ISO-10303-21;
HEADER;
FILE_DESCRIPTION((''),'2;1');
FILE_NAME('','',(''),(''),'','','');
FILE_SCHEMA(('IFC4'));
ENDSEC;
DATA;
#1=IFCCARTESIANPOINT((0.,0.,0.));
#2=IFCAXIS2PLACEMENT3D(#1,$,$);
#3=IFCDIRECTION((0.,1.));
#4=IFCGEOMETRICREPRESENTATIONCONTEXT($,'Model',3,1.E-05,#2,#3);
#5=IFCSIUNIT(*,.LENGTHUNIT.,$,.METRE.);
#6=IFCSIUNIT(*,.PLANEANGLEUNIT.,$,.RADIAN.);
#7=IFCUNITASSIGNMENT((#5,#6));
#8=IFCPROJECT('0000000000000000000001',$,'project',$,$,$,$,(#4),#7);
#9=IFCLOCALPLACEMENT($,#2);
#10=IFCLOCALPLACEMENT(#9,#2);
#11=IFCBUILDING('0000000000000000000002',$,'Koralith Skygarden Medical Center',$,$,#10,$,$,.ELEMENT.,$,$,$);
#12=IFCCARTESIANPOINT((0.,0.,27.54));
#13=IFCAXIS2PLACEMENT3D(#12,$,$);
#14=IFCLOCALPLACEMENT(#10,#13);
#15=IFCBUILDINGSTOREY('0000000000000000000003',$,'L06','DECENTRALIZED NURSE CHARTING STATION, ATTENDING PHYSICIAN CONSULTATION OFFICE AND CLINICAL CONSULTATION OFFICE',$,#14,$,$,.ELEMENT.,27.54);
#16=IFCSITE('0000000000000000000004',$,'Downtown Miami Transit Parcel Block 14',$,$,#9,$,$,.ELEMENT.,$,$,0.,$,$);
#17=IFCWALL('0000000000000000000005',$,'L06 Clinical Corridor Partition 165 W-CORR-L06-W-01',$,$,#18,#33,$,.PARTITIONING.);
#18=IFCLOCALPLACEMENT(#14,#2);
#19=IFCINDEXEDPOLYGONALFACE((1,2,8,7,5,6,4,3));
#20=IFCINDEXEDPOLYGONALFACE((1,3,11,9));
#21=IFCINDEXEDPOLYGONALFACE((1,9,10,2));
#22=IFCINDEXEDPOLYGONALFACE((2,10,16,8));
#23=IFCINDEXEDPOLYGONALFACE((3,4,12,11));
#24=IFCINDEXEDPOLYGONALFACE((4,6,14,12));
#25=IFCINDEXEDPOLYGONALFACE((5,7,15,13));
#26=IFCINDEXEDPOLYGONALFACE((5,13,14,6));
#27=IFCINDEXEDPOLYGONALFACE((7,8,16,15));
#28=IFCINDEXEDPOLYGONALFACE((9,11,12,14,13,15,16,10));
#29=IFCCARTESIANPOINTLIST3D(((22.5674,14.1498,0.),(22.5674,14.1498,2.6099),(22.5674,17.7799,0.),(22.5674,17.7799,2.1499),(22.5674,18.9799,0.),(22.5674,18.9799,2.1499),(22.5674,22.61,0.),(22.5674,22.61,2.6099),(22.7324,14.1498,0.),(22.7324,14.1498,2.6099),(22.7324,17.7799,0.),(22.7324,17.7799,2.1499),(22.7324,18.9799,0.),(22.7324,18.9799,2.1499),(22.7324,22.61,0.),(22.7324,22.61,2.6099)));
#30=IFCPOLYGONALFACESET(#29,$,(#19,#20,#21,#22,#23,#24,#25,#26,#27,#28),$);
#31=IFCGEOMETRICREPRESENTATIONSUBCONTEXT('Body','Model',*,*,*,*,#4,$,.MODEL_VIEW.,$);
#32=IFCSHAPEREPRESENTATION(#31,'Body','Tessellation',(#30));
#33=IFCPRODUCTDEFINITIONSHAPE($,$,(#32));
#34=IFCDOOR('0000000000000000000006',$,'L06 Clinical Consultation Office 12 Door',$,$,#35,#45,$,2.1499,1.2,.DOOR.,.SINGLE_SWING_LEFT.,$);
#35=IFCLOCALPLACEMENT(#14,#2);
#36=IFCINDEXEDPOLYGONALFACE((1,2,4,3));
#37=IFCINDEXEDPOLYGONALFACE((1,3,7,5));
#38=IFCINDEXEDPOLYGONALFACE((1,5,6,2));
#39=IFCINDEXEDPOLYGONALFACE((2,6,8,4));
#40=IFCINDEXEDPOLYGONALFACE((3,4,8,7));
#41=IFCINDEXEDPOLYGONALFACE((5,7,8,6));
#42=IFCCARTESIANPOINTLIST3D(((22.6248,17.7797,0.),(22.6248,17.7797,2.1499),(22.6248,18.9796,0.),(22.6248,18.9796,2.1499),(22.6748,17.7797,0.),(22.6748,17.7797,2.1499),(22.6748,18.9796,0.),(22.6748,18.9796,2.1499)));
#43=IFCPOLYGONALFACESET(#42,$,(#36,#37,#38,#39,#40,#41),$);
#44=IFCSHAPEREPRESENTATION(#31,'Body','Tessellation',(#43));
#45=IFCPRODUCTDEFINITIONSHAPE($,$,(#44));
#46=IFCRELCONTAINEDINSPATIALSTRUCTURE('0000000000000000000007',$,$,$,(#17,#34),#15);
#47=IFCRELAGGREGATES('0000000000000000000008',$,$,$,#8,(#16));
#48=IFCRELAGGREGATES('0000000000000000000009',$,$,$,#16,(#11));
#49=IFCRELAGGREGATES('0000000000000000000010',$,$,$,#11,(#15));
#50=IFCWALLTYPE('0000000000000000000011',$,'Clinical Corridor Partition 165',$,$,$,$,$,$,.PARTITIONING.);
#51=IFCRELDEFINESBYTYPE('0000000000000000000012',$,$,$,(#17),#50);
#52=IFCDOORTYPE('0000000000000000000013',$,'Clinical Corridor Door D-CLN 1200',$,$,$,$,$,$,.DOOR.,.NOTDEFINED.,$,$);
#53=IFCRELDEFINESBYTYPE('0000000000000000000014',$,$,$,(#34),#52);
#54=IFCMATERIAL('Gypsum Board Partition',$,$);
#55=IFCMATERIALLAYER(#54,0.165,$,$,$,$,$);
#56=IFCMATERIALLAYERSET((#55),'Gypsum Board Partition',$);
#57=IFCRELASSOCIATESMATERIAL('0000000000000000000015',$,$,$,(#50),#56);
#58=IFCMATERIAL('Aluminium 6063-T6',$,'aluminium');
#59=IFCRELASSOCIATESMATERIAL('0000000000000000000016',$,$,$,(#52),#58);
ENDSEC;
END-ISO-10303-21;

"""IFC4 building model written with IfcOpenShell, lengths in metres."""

from ifc_helpers import new_model, si_unit, direction, frame, frame_2d, origin, place, context, subcontext, project, spatial, rectangle, extrude, material, layer, layer_set, type_object, element, fill, save


model = new_model("IFC4")

# Units and contexts
model_context = context("Model", 3, precision=1e-05, world=origin(), true_north=direction((0.0, 1.0)))
body_context = subcontext(model_context, "Body", "Model", "MODEL_VIEW")
ifc_project = project(units=[si_unit("LENGTHUNIT", "METRE"), si_unit("PLANEANGLEUNIT", "RADIAN")], contexts=[model_context])

# Site, building, storey
site_placement = place(None, origin())
site = spatial("IfcSite", under=ifc_project, at=site_placement, Name="Downtown Miami Transit Parcel Block 14", CompositionType="ELEMENT", RefElevation=0.0)
building_placement = place(site_placement, origin())
building = spatial("IfcBuilding", under=site, at=building_placement, Name="Koralith Skygarden Medical Center", CompositionType="ELEMENT")
storey_placement = place(building_placement, frame((0.0, 0.0, 27.54)))
storey = spatial("IfcBuildingStorey", under=building, at=storey_placement, Name="L06", Description="DECENTRALIZED NURSE CHARTING STATION, ATTENDING PHYSICIAN CONSULTATION OFFICE AND CLINICAL CONSULTATION OFFICE", CompositionType="ELEMENT", Elevation=27.54)

# Shared definitions
ifc_material_1 = material(Name="Aluminium 6063-T6", Category="aluminium")

# Shared definitions
ifc_material_2 = material(Name="Gypsum Board Partition")

# Wall, opening, door
ifc_layer_1 = layer(ifc_material_2, 0.165)
ifc_layer_set_1 = layer_set([ifc_layer_1], Name="Gypsum Board Partition")
wall_type_1 = type_object("IfcWallType", Name="Clinical Corridor Partition 165", PredefinedType="PARTITIONING", material=ifc_layer_set_1)
door_type_1 = type_object("IfcDoorType", Name="Clinical Corridor Door D-CLN 1200", OperationType="NOTDEFINED", PredefinedType="DOOR", material=ifc_material_1)
wall_1_placement = place(storey_placement, frame((22.6499, 14.1499, 0.0), z_axis=(0.0, 0.0, 1.0), x_axis=(0.0, 1.0, 0.0)))
wall_1 = element("IfcWall", 1, at=wall_1_placement, inside=storey, type_object=wall_type_1, Name="L06 Clinical Corridor Partition 165 W-CORR-L06-W-01", PredefinedType="PARTITIONING", context=body_context, shape_type="SweptSolid", body=[
    extrude(rectangle(XDim=8.4602, YDim=0.165, at=frame_2d((4.23, 0.0))), origin(), (0.0, 0.0, 1.0), 2.6099),
])
opening_1_placement = place(wall_1_placement, frame((3.6299, 0.0, 0.0)))
opening_1 = element("IfcOpeningElement", 2, at=opening_1_placement, cuts=wall_1, PredefinedType="OPENING", context=body_context, shape_type="SweptSolid", body=[
    extrude(rectangle(XDim=1.2, YDim=2.1499, at=frame_2d((0.6001, 1.075))), frame((0.0, 0.0925, 0.0), z_axis=(0.0, -1.0, 0.0), x_axis=(1.0, 0.0, 0.0)), (0.0, 0.0, 1.0), 0.1851),
])
door_1_placement = place(opening_1_placement, frame((1.2, 0.0, 0.0), z_axis=(0.0, 0.0, 1.0), x_axis=(-1.0, 0.0, 0.0)))
door_1 = element("IfcDoor", 3, at=door_1_placement, inside=storey, type_object=door_type_1, Name="L06 Clinical Consultation Office 12 Door", OperationType="SINGLE_SWING_LEFT", OverallHeight=2.1499, OverallWidth=1.2, PredefinedType="DOOR", context=body_context, shape_type="SweptSolid", body=[
    extrude(rectangle(XDim=1.2, YDim=2.1499, at=frame_2d((0.6001, 1.075))), frame((0.0, 0.0249, 0.0), z_axis=(0.0, -1.0, 0.0), x_axis=(1.0, 0.0, 0.0)), (0.0, 0.0, 1.0), 0.05),
])
fill(opening_1, door_1)

save(model, "model.ifc")
